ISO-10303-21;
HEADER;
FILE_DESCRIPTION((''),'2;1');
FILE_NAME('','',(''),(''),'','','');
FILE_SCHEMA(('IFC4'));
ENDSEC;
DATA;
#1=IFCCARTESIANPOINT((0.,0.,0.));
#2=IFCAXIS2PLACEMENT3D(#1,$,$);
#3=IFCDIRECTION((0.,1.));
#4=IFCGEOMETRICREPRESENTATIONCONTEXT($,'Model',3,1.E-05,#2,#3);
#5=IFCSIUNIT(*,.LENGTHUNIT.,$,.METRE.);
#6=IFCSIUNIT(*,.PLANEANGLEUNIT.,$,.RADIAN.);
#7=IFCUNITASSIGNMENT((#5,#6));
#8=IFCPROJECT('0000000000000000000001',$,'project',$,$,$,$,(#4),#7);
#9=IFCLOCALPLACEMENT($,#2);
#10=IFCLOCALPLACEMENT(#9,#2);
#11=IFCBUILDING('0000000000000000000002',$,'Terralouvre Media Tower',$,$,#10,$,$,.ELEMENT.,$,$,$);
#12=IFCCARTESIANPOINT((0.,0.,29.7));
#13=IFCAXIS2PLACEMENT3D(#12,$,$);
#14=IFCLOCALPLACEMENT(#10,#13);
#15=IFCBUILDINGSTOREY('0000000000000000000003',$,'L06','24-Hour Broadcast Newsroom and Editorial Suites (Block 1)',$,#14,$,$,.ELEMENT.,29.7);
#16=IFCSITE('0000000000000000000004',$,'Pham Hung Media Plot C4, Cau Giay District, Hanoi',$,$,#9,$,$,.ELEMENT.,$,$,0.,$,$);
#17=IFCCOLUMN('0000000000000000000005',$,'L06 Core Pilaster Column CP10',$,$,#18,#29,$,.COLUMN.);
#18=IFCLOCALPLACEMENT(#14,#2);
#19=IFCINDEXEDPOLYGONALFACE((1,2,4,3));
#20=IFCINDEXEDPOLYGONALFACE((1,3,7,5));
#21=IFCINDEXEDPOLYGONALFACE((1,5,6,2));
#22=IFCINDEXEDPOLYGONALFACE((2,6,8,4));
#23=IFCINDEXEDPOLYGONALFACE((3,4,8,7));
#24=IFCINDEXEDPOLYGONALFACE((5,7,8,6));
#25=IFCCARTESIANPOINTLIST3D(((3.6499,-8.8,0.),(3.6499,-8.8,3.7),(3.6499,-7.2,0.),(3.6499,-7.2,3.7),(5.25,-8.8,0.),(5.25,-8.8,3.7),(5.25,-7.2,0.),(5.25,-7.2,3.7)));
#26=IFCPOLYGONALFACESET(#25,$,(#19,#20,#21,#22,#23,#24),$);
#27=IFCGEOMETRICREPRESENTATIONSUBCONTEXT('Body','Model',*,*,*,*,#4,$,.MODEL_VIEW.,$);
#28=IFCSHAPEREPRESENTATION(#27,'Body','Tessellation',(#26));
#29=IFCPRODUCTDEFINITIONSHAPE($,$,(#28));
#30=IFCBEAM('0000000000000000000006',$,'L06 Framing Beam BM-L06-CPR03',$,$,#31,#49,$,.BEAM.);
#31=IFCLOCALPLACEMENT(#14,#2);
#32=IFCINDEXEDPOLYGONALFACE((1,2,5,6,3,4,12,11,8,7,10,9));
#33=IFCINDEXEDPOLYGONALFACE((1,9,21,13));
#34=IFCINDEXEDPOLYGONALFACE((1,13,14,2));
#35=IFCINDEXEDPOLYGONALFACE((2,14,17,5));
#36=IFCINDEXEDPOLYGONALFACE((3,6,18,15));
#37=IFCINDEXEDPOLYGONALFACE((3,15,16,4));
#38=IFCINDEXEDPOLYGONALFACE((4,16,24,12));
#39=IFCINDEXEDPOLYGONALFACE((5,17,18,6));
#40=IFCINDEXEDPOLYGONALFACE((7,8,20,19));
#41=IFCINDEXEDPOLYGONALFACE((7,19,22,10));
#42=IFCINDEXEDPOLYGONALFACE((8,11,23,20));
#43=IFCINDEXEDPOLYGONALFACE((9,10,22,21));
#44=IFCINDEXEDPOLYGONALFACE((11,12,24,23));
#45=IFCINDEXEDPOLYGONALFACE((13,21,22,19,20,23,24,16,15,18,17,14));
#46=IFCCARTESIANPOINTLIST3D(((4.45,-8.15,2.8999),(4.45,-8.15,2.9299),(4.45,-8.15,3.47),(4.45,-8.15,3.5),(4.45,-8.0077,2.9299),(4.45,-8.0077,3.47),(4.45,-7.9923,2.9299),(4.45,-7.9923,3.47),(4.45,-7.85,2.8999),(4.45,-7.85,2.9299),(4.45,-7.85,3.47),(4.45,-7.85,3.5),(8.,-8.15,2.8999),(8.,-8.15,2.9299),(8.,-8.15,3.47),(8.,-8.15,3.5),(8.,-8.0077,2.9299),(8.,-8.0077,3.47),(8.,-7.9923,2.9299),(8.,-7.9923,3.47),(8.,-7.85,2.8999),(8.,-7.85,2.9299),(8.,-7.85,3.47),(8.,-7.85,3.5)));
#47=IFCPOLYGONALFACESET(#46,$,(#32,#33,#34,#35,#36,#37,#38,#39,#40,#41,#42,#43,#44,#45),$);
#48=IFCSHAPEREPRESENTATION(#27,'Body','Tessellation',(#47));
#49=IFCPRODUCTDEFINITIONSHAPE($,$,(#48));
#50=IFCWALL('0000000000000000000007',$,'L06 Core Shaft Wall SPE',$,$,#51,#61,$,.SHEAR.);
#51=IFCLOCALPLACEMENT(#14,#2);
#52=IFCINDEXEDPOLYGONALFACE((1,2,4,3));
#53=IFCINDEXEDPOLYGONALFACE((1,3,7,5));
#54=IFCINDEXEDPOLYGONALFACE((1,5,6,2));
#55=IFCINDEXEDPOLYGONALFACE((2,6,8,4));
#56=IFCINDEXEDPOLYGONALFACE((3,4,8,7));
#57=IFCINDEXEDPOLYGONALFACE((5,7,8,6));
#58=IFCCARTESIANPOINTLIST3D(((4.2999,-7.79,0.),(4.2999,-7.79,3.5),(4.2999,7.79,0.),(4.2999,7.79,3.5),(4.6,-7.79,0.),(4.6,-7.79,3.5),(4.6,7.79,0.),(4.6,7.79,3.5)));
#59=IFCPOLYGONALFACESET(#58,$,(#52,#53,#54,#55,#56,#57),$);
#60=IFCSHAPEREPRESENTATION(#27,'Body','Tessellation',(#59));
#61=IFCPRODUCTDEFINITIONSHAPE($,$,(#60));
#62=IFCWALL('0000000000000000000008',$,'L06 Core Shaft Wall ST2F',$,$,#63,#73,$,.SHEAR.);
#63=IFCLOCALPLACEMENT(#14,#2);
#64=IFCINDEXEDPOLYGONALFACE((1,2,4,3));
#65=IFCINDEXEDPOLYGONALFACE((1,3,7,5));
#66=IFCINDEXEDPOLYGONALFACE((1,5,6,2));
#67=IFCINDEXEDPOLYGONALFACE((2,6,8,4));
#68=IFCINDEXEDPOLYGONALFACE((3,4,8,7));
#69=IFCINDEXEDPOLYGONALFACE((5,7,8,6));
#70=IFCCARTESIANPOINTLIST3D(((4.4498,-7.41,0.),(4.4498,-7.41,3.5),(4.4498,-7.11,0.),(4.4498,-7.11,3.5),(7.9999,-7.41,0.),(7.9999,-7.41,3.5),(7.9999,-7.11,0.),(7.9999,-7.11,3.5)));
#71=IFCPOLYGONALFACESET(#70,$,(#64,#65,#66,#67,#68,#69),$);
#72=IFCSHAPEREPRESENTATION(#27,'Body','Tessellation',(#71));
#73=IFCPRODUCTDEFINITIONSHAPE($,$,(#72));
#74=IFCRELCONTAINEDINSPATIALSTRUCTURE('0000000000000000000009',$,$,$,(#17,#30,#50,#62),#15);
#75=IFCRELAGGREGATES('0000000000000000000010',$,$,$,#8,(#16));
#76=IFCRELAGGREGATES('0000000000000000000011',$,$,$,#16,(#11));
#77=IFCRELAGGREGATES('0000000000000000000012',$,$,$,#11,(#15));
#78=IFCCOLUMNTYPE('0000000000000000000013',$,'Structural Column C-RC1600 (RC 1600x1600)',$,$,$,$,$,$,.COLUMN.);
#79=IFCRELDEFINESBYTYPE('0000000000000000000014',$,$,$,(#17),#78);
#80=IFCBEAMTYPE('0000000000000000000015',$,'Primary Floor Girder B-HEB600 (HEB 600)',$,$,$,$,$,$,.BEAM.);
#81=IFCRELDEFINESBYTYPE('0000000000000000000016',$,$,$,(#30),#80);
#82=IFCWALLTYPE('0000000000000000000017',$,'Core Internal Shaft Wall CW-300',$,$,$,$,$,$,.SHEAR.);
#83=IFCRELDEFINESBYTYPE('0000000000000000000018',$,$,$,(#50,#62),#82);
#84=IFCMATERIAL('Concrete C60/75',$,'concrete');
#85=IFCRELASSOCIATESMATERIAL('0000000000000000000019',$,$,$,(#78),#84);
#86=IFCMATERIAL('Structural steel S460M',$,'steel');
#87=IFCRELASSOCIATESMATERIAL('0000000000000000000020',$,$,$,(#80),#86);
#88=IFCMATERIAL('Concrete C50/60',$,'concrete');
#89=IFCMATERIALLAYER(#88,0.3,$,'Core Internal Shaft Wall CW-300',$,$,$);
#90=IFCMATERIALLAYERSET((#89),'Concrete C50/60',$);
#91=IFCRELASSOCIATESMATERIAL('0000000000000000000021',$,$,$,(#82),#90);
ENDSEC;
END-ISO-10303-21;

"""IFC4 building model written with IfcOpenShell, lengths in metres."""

from ifc_helpers import new_model, si_unit, direction, frame, frame_2d, origin, origin_2d, place, context, subcontext, project, spatial, rectangle, i_section, extrude, material, layer, layer_set, material_profile, profile_set, type_object, element, save


model = new_model("IFC4")

# Units and contexts
model_context = context("Model", 3, precision=1e-05, world=origin(), true_north=direction((0.0, 1.0)))
body_context = subcontext(model_context, "Body", "Model", "MODEL_VIEW")
ifc_project = project(units=[si_unit("LENGTHUNIT", "METRE"), si_unit("PLANEANGLEUNIT", "RADIAN")], contexts=[model_context])

# Site, building, storey
site_placement = place(None, origin())
site = spatial("IfcSite", under=ifc_project, at=site_placement, Name="Pham Hung Media Plot C4, Cau Giay District, Hanoi", CompositionType="ELEMENT", RefElevation=0.0)
building_placement = place(site_placement, origin())
building = spatial("IfcBuilding", under=site, at=building_placement, Name="Terralouvre Media Tower", CompositionType="ELEMENT")
storey_placement = place(building_placement, frame((0.0, 0.0, 29.7)))
storey = spatial("IfcBuildingStorey", under=building, at=storey_placement, Name="L06", Description="24-Hour Broadcast Newsroom and Editorial Suites (Block 1)", CompositionType="ELEMENT", Elevation=29.7)

# Column
ifc_material_1 = material(Name="Concrete C60/75", Category="concrete")
ifc_material_profile_1 = material_profile(ifc_material_1, rectangle(XDim=1.6001, YDim=1.6001, at=origin_2d()), Name="RC 1600x1600")
ifc_profile_set_1 = profile_set([ifc_material_profile_1], Name="Concrete C60/75")
column_type = type_object("IfcColumnType", Name="Structural Column C-RC1600 (RC 1600x1600)", PredefinedType="COLUMN", material=ifc_profile_set_1)
column_placement = place(storey_placement, frame((4.45, -8.0, 0.0), z_axis=(0.0, 0.0, 1.0), x_axis=(1.0, 0.0, 0.0)))
element("IfcColumn", 1, at=column_placement, inside=storey, type_object=column_type, Name="L06 Core Pilaster Column CP10", PredefinedType="COLUMN", context=body_context, shape_type="SweptSolid", body=[
    extrude(rectangle(XDim=1.6001, YDim=1.6001, at=origin_2d()), origin(), (0.0, 0.0, 1.0), 3.7),
])

# Beam
ifc_material_2 = material(Name="Structural steel S460M", Category="steel")
ifc_material_profile_2 = material_profile(ifc_material_2, i_section(OverallWidth=0.3, OverallDepth=0.6001, WebThickness=0.0154, FlangeThickness=0.03, at=origin_2d()), Name="HEB 600")
ifc_profile_set_2 = profile_set([ifc_material_profile_2], Name="Structural steel S460M")
beam_type = type_object("IfcBeamType", Name="Primary Floor Girder B-HEB600 (HEB 600)", PredefinedType="BEAM", material=ifc_profile_set_2)
beam_placement = place(storey_placement, frame((4.45, -8.0, 3.2), z_axis=(1.0, 0.0, 0.0), x_axis=(0.0, 1.0, 0.0)))
element("IfcBeam", 2, at=beam_placement, inside=storey, type_object=beam_type, Name="L06 Framing Beam BM-L06-CPR03", PredefinedType="BEAM", context=body_context, shape_type="SweptSolid", body=[
    extrude(i_section(OverallWidth=0.3, OverallDepth=0.6001, WebThickness=0.0154, FlangeThickness=0.03, at=origin_2d()), origin(), (0.0, 0.0, 1.0), 3.55),
])

# Walls
ifc_material_3 = material(Name="Concrete C50/60", Category="concrete")
ifc_layer_1 = layer(ifc_material_3, 0.3, Name="Core Internal Shaft Wall CW-300")
ifc_layer_set_1 = layer_set([ifc_layer_1], Name="Concrete C50/60")
wall_type_1 = type_object("IfcWallType", Name="Core Internal Shaft Wall CW-300", PredefinedType="SHEAR", material=ifc_layer_set_1)
wall_1_placement = place(storey_placement, frame((4.45, -7.79, 0.0), z_axis=(0.0, 0.0, 1.0), x_axis=(0.0, 1.0, 0.0)))
element("IfcWall", 3, at=wall_1_placement, inside=storey, type_object=wall_type_1, Name="L06 Core Shaft Wall SPE", PredefinedType="SHEAR", context=body_context, shape_type="SweptSolid", body=[
    extrude(rectangle(XDim=15.5801, YDim=0.3, at=frame_2d((7.79, 0.0))), origin(), (0.0, 0.0, 1.0), 3.5),
])
wall_2_placement = place(storey_placement, frame((4.45, -7.26, 0.0), z_axis=(0.0, 0.0, 1.0), x_axis=(1.0, 0.0, 0.0)))
element("IfcWall", 4, at=wall_2_placement, inside=storey, type_object=wall_type_1, Name="L06 Core Shaft Wall ST2F", PredefinedType="SHEAR", context=body_context, shape_type="SweptSolid", body=[
    extrude(rectangle(XDim=3.55, YDim=0.3, at=frame_2d((1.7749, 0.0))), origin(), (0.0, 0.0, 1.0), 3.5),
])

save(model, "model.ifc")
